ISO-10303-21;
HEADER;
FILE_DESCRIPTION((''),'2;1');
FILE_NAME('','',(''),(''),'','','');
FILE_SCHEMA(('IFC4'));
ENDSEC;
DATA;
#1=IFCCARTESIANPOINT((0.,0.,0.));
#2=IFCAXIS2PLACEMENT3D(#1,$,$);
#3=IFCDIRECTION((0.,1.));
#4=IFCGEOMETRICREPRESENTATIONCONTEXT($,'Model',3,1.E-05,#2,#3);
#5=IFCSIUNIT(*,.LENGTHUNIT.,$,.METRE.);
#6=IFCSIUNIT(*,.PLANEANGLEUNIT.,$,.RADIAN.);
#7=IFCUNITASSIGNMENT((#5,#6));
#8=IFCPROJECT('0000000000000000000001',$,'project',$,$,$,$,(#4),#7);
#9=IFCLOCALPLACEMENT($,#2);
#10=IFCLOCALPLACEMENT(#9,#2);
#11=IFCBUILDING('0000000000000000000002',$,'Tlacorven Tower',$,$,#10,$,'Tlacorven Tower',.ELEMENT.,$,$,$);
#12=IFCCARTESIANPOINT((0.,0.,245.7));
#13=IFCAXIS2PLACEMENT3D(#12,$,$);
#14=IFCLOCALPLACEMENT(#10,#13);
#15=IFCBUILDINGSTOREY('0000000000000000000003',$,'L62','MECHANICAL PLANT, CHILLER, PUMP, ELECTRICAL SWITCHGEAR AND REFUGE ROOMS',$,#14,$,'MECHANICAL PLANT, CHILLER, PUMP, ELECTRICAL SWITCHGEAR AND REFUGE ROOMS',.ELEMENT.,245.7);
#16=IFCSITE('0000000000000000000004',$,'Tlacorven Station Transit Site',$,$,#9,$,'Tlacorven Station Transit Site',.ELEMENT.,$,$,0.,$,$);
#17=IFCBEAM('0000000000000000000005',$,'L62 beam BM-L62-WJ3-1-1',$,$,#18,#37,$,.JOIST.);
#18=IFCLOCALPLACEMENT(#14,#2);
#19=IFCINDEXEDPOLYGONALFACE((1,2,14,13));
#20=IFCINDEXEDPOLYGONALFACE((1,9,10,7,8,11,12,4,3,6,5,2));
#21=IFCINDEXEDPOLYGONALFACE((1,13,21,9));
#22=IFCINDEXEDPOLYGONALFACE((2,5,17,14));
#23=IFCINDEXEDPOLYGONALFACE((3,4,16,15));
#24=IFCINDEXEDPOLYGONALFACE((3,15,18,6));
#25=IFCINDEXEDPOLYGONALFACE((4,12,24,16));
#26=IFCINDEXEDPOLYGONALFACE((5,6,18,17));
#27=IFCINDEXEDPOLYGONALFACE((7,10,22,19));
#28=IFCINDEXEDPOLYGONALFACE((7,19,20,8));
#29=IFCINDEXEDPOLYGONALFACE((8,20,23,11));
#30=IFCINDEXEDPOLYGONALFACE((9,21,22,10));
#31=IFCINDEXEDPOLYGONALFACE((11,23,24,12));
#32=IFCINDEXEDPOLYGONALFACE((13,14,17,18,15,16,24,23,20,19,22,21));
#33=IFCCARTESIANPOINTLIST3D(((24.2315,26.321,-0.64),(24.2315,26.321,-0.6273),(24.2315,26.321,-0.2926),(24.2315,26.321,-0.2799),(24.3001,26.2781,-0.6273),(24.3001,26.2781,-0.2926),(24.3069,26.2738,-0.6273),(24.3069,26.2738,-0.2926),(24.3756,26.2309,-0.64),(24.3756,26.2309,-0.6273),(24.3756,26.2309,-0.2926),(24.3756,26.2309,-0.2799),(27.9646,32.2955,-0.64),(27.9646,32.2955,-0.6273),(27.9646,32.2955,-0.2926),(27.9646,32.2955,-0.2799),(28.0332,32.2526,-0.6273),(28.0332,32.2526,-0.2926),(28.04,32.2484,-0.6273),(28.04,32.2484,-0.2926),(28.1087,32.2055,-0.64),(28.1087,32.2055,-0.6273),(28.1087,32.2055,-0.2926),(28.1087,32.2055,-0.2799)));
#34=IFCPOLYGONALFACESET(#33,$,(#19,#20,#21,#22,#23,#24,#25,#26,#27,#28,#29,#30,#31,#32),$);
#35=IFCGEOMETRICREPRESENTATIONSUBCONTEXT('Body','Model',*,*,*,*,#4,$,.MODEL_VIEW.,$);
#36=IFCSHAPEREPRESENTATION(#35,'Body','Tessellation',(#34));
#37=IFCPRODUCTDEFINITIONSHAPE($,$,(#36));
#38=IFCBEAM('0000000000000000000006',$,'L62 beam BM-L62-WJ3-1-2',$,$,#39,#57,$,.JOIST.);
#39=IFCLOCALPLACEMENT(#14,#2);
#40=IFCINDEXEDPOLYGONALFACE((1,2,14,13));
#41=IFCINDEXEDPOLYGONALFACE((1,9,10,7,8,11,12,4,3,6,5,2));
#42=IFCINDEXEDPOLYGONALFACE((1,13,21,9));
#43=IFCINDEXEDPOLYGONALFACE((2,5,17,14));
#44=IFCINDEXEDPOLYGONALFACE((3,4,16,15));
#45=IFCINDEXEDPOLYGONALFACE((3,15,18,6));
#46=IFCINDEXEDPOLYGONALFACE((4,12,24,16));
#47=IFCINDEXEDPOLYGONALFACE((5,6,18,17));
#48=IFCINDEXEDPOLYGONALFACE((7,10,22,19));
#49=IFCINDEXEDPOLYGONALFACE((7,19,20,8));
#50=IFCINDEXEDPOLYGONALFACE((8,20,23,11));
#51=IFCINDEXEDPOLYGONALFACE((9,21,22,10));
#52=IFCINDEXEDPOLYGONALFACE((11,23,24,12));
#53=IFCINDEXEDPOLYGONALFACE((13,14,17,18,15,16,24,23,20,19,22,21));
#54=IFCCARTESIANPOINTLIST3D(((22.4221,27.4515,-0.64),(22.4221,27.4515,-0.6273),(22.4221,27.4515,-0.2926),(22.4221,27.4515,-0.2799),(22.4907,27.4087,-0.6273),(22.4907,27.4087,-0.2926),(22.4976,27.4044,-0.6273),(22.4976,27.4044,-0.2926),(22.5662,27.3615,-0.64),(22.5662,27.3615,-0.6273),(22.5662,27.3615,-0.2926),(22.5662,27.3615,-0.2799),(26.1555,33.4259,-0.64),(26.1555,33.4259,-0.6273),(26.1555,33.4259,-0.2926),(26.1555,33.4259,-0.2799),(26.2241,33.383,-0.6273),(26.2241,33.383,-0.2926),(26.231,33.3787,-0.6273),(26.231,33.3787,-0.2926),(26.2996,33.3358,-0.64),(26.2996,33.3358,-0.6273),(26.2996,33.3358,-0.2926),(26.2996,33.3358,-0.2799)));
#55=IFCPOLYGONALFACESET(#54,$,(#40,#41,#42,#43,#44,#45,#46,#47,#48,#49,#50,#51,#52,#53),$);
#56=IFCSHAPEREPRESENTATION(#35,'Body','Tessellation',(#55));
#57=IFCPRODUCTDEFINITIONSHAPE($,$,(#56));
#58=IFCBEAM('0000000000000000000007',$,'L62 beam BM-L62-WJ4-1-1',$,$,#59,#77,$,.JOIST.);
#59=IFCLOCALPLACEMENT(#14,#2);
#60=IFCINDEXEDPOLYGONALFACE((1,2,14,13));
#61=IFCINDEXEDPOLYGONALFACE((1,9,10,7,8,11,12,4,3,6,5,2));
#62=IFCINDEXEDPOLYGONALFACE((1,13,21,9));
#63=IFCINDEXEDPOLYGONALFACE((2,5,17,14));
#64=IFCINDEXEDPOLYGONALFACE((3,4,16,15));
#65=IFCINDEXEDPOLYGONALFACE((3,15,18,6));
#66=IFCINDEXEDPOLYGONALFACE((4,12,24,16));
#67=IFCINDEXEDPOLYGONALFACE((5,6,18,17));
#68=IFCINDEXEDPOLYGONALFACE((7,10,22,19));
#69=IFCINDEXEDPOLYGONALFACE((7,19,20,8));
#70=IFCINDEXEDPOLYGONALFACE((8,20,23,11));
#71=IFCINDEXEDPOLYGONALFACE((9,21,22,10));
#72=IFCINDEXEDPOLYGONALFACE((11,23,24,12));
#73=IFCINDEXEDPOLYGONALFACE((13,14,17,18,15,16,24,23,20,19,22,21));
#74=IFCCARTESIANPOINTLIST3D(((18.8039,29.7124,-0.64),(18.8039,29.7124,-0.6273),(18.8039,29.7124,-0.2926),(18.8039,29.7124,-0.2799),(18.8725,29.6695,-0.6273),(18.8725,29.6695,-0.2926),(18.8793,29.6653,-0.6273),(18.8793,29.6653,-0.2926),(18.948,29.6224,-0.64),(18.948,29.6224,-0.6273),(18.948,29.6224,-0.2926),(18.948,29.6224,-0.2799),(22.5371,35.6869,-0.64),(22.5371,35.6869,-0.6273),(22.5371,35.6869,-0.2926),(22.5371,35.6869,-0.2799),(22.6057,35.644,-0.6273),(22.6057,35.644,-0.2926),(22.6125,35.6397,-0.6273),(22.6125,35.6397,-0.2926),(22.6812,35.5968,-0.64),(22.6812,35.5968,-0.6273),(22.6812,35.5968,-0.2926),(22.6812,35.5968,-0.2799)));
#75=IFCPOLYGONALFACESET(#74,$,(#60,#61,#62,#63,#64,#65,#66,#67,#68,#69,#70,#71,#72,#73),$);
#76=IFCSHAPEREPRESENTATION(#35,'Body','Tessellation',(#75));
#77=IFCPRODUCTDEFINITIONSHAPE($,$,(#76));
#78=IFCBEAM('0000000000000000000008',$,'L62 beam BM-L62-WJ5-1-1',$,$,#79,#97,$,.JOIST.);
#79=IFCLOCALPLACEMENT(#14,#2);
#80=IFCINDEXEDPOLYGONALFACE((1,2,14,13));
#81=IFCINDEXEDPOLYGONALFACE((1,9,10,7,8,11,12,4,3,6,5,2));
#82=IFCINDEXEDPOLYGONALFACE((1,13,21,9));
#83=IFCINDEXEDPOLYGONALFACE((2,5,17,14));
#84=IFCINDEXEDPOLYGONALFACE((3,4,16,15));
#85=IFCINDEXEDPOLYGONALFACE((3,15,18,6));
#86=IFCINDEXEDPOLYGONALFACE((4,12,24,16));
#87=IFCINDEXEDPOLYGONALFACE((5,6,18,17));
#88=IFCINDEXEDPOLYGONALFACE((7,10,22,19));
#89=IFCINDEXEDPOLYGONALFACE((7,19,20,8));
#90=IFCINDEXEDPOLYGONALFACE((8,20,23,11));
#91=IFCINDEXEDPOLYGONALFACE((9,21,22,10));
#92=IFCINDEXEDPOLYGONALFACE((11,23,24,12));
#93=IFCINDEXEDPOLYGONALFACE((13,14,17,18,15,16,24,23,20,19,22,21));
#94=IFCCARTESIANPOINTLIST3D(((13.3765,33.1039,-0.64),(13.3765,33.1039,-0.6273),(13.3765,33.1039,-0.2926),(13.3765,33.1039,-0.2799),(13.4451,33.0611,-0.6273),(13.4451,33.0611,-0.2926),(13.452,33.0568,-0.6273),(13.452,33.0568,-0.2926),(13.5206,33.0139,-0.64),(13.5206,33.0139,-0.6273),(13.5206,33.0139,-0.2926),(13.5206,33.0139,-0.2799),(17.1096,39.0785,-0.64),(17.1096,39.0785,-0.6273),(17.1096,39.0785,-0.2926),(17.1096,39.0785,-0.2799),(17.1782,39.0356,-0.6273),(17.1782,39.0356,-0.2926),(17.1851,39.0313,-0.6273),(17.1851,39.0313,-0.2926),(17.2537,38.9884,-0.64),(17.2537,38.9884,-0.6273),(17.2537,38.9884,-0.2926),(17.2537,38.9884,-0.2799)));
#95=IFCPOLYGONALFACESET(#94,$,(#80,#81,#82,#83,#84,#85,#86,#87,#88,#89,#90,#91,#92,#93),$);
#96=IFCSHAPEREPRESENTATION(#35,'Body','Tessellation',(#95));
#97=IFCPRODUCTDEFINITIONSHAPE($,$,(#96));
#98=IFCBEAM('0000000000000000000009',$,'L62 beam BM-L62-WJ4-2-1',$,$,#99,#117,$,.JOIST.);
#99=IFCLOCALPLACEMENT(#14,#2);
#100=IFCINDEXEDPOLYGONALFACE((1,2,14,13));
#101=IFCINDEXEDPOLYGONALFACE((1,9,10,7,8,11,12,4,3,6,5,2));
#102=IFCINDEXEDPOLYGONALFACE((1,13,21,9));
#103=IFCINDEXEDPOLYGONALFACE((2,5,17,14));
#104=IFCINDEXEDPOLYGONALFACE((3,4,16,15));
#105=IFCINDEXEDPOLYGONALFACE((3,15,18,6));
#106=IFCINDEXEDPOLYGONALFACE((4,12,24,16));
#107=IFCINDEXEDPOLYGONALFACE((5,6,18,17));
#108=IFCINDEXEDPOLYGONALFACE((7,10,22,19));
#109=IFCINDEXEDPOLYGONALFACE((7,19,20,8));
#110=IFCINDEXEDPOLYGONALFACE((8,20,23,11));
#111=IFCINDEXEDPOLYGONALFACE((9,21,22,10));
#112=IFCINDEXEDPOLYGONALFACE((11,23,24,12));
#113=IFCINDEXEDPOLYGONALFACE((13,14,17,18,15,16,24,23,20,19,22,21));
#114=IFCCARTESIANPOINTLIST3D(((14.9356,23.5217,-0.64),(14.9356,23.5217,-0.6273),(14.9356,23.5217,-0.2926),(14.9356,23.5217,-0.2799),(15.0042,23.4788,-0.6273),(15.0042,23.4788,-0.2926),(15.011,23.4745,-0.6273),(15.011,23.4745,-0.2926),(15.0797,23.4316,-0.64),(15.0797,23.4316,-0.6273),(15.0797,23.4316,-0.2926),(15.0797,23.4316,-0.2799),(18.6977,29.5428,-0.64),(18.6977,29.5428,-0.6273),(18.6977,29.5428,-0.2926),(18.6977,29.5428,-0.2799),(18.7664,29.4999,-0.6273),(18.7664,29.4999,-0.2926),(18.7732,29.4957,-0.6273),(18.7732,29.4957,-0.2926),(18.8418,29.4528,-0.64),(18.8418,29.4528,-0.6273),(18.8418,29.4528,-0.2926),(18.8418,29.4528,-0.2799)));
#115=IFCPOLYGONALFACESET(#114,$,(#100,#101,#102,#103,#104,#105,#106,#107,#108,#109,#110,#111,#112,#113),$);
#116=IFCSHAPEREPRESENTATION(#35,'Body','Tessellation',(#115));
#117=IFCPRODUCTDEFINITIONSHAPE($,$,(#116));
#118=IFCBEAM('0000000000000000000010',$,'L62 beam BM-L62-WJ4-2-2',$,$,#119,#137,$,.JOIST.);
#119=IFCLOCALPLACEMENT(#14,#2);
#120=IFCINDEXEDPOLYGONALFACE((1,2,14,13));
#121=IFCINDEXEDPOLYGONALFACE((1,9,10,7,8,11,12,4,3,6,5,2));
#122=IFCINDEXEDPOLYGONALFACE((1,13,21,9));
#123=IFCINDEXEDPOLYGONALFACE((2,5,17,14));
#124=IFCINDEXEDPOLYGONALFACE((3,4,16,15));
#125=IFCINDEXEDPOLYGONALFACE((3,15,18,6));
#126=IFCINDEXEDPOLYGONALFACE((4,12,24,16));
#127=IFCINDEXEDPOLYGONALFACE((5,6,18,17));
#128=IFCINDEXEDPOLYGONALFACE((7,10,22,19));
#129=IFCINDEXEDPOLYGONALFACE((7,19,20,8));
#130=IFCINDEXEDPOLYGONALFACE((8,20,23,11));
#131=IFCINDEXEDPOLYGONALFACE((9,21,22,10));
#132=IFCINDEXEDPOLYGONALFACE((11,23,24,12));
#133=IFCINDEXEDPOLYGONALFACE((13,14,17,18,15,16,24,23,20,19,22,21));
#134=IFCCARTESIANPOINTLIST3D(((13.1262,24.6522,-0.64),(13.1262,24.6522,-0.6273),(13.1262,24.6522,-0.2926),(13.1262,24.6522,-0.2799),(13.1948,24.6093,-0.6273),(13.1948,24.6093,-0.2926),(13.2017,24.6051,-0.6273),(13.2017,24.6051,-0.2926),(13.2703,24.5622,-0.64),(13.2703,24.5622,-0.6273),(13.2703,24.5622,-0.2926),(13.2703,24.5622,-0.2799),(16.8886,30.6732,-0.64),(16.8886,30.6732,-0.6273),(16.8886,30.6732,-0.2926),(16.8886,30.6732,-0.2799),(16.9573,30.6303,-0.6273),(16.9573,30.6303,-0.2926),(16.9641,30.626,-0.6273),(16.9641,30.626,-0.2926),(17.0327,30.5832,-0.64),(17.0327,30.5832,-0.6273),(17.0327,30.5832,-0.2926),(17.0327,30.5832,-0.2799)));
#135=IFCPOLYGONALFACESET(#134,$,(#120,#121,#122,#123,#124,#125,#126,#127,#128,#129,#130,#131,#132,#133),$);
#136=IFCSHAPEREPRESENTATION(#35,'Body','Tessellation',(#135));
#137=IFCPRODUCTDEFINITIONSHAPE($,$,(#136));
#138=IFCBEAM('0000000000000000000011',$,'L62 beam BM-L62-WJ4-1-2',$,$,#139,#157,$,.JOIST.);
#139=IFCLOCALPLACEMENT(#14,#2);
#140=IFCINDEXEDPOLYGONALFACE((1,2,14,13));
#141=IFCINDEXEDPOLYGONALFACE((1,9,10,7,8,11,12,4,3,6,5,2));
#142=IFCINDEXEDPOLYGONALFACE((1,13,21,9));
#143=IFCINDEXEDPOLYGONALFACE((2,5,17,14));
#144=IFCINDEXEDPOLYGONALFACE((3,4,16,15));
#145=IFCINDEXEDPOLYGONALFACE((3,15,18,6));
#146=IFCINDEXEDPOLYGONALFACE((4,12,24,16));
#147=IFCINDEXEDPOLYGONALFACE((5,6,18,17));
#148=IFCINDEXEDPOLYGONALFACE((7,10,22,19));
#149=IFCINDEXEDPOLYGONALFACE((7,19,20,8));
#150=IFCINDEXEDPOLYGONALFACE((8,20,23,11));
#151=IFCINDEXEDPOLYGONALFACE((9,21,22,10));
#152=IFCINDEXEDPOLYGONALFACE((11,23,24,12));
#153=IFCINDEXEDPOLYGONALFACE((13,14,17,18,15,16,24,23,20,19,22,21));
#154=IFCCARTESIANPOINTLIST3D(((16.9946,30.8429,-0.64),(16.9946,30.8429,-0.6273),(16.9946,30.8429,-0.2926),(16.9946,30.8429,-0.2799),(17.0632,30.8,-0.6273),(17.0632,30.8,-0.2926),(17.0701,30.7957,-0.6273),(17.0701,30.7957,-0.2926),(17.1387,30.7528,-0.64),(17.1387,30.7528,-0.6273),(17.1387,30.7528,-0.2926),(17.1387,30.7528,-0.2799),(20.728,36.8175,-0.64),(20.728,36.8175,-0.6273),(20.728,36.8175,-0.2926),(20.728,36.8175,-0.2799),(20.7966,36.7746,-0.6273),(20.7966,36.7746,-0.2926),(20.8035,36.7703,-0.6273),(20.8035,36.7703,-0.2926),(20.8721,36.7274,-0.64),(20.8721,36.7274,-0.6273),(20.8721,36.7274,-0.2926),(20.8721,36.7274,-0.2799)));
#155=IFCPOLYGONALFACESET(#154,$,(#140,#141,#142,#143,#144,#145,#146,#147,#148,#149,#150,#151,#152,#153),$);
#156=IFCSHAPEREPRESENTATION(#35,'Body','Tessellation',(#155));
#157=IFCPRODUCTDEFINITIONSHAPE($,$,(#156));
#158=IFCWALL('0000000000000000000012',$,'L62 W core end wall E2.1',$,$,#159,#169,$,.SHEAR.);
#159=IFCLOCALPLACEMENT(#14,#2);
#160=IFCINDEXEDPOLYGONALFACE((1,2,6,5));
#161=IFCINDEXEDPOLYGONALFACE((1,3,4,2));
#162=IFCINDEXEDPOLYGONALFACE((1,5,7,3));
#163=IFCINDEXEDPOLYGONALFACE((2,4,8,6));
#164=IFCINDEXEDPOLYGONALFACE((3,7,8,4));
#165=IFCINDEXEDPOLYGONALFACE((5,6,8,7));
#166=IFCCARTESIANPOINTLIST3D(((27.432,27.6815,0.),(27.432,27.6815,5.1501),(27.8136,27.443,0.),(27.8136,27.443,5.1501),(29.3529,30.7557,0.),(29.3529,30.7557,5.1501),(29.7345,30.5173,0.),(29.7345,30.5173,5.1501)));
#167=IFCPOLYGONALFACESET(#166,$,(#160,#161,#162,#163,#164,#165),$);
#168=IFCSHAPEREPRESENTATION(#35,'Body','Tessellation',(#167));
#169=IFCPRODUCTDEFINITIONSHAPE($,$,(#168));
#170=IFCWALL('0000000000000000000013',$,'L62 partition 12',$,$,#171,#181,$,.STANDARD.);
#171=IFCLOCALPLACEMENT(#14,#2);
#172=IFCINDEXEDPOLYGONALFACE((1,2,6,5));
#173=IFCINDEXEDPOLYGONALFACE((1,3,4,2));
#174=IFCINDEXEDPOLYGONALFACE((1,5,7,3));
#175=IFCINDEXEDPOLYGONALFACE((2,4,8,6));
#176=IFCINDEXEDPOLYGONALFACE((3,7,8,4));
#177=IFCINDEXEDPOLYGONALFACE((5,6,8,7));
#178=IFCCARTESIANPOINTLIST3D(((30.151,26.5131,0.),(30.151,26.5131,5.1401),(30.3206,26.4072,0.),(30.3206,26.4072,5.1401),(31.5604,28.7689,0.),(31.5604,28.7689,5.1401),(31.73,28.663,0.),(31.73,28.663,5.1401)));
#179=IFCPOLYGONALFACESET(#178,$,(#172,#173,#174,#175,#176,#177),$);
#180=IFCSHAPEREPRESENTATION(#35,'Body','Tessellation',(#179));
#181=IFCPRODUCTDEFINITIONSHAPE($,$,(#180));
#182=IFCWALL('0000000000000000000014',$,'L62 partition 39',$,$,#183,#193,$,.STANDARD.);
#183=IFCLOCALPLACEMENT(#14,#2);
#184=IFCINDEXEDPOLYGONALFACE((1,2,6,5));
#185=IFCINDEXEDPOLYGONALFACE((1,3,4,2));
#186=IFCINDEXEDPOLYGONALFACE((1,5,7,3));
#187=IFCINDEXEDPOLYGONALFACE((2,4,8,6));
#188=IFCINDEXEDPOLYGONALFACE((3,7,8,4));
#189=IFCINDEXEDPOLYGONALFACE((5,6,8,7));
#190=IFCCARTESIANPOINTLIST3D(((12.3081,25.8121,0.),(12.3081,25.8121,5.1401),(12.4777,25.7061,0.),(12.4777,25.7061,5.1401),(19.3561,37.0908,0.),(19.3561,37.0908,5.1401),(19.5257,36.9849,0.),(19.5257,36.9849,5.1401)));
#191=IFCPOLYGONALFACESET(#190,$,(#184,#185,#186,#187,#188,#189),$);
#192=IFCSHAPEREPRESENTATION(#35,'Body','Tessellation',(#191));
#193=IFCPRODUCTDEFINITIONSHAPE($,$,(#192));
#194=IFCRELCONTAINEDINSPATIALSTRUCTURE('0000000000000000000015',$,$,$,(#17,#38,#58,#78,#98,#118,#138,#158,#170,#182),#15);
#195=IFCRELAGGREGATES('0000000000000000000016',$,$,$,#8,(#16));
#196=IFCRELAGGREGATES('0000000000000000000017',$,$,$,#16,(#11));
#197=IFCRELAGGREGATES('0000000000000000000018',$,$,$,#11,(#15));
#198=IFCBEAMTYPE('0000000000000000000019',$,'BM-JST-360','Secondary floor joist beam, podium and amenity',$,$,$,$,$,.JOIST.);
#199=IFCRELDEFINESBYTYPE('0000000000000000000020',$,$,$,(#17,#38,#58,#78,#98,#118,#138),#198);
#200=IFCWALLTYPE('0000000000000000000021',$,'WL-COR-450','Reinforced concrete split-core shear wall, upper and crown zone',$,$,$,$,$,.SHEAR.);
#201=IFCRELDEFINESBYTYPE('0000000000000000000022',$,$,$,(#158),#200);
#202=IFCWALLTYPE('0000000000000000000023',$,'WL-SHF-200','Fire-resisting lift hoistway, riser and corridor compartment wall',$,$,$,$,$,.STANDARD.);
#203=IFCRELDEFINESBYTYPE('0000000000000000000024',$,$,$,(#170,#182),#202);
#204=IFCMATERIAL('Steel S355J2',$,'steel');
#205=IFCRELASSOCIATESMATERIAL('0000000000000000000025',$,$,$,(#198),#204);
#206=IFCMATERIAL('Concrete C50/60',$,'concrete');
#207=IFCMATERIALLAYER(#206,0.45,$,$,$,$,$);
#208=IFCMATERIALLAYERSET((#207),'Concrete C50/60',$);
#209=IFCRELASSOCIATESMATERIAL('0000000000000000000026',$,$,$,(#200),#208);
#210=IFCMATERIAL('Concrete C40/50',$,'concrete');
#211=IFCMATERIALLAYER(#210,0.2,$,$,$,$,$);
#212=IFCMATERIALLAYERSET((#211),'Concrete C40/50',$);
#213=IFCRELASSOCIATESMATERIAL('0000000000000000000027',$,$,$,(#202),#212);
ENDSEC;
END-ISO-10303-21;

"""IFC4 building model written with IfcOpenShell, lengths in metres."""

from ifc_helpers import new_model, si_unit, direction, frame, frame_2d, origin, origin_2d, place, context, subcontext, project, spatial, rectangle, i_section, extrude, source, transform, mapped, material, layer, layer_set, material_profile, profile_set, type_object, element, save


model = new_model("IFC4")

# Units and contexts
model_context = context("Model", 3, precision=1e-05, world=origin(), true_north=direction((0.0, 1.0)))
body_context = subcontext(model_context, "Body", "Model", "MODEL_VIEW")
ifc_project = project(units=[si_unit("LENGTHUNIT", "METRE"), si_unit("PLANEANGLEUNIT", "RADIAN")], contexts=[model_context])

# Site, building, storey
site_placement = place(None, origin())
site = spatial("IfcSite", under=ifc_project, at=site_placement, Name="Tlacorven Station Transit Site", LongName="Tlacorven Station Transit Site", CompositionType="ELEMENT", RefElevation=0.0)
building_placement = place(site_placement, origin())
building = spatial("IfcBuilding", under=site, at=building_placement, Name="Tlacorven Tower", LongName="Tlacorven Tower", CompositionType="ELEMENT")
storey_placement = place(building_placement, frame((0.0, 0.0, 245.7)))
storey = spatial("IfcBuildingStorey", under=building, at=storey_placement, Name="L62", Description="MECHANICAL PLANT, CHILLER, PUMP, ELECTRICAL SWITCHGEAR AND REFUGE ROOMS", LongName="MECHANICAL PLANT, CHILLER, PUMP, ELECTRICAL SWITCHGEAR AND REFUGE ROOMS", CompositionType="ELEMENT", Elevation=245.7)

# Beams
ifc_material_1 = material(Name="Steel S355J2", Category="steel")
ifc_material_profile_1 = material_profile(ifc_material_1, i_section(OverallWidth=0.1699, OverallDepth=0.3601, WebThickness=0.0081, FlangeThickness=0.0127, at=origin_2d()), Name="IPE 360")
ifc_profile_set_1 = profile_set([ifc_material_profile_1], Name="Steel S355J2")
beam_type_1 = type_object("IfcBeamType", Name="BM-JST-360", Description="Secondary floor joist beam, podium and amenity", PredefinedType="JOIST", material=ifc_profile_set_1)
shared_shape_1 = source(origin(), body_context, "Body", "SweptSolid", [
    extrude(i_section(OverallWidth=0.1699, OverallDepth=0.3601, WebThickness=0.0081, FlangeThickness=0.0127, at=origin_2d()), origin(), (0.0, 0.0, 1.0), 7.0449),
])
for number, where, z_axis, x_axis, name in (
    (1, (28.0366, 32.2505, -0.46), (-0.529899, -0.848061, 0.0), (0.848061, -0.529899, 0.0), "L62 beam BM-L62-WJ3-1-1"),
    (2, (26.2275, 33.3809, -0.46), (-0.52994, -0.848035, 0.0), (0.848035, -0.52994, 0.0), "L62 beam BM-L62-WJ3-1-2"),
    (3, (22.6091, 35.6418, -0.46), (-0.529915, -0.848051, 0.0), (0.848051, -0.529915, 0.0), "L62 beam BM-L62-WJ4-1-1"),
    (4, (17.1816, 39.0334, -0.46), (-0.529899, -0.848061, 0.0), (0.848061, -0.529899, 0.0), "L62 beam BM-L62-WJ5-1-1"),
):
    element("IfcBeam", number, at=place(storey_placement, frame(where, z_axis=z_axis, x_axis=x_axis)), inside=storey, type_object=beam_type_1, Name=name, PredefinedType="JOIST", context=body_context, shape_type="MappedRepresentation", body=[
        mapped(shared_shape_1, transform((0.0, 0.0, 0.0), scale=1.0)),
    ])
shared_shape_2 = source(origin(), body_context, "Body", "SweptSolid", [
    extrude(i_section(OverallWidth=0.1699, OverallDepth=0.3601, WebThickness=0.0081, FlangeThickness=0.0127, at=origin_2d()), origin(), (0.0, 0.0, 1.0), 7.0999),
])
for number, where, z_axis, x_axis, name in (
    (5, (18.7698, 29.4978, -0.46), (-0.529891, -0.848066, 0.0), (0.848066, -0.529891, 0.0), "L62 beam BM-L62-WJ4-2-1"),
    (6, (16.9607, 30.6282, -0.46), (-0.529931, -0.848041, 0.0), (0.848041, -0.529931, 0.0), "L62 beam BM-L62-WJ4-2-2"),
):
    element("IfcBeam", number, at=place(storey_placement, frame(where, z_axis=z_axis, x_axis=x_axis)), inside=storey, type_object=beam_type_1, Name=name, PredefinedType="JOIST", context=body_context, shape_type="MappedRepresentation", body=[
        mapped(shared_shape_2, transform((0.0, 0.0, 0.0), scale=1.0)),
    ])
shared_shape_3 = source(origin(), body_context, "Body", "SweptSolid", [
    extrude(i_section(OverallWidth=0.1699, OverallDepth=0.3601, WebThickness=0.0081, FlangeThickness=0.0127, at=origin_2d()), origin(), (0.0, 0.0, 1.0), 7.0452),
])
beam_1_placement = place(storey_placement, frame((20.8, 36.7725, -0.46), z_axis=(-0.529924, -0.848045, 0.0), x_axis=(0.848045, -0.529924, 0.0)))
element("IfcBeam", 7, at=beam_1_placement, inside=storey, type_object=beam_type_1, Name="L62 beam BM-L62-WJ4-1-2", PredefinedType="JOIST", context=body_context, shape_type="MappedRepresentation", body=[
    mapped(shared_shape_3, transform((0.0, 0.0, 0.0), scale=1.0)),
])

# Walls
ifc_material_2 = material(Name="Concrete C50/60", Category="concrete")
ifc_layer_1 = layer(ifc_material_2, 0.45)
ifc_layer_set_1 = layer_set([ifc_layer_1], Name="Concrete C50/60")
wall_type_1 = type_object("IfcWallType", Name="WL-COR-450", Description="Reinforced concrete split-core shear wall, upper and crown zone", PredefinedType="SHEAR", material=ifc_layer_set_1)
wall_1_placement = place(storey_placement, frame((29.5437, 30.6365, 0.0), z_axis=(0.0, 0.0, 1.0), x_axis=(-0.529902, -0.848059, 0.0)))
element("IfcWall", 8, at=wall_1_placement, inside=storey, type_object=wall_type_1, Name="L62 W core end wall E2.1", PredefinedType="SHEAR", context=body_context, shape_type="SweptSolid", body=[
    extrude(rectangle(XDim=3.625, YDim=0.45, at=frame_2d((1.8125, 0.0))), origin(), (0.0, 0.0, 1.0), 5.1501),
])
ifc_material_3 = material(Name="Concrete C40/50", Category="concrete")
ifc_layer_2 = layer(ifc_material_3, 0.2)
ifc_layer_set_2 = layer_set([ifc_layer_2], Name="Concrete C40/50")
wall_type_2 = type_object("IfcWallType", Name="WL-SHF-200", Description="Fire-resisting lift hoistway, riser and corridor compartment wall", PredefinedType="STANDARD", material=ifc_layer_set_2)
wall_2_placement = place(storey_placement, frame((31.6453, 28.7161, 0.0), z_axis=(0.0, 0.0, 1.0), x_axis=(-0.529867, -0.848081, 0.0)))
element("IfcWall", 9, at=wall_2_placement, inside=storey, type_object=wall_type_2, Name="L62 partition 12", PredefinedType="STANDARD", context=body_context, shape_type="SweptSolid", body=[
    extrude(rectangle(XDim=2.6599, YDim=0.2, at=frame_2d((1.3301, 0.0))), origin(), (0.0, 0.0, 1.0), 5.1401),
])
wall_3_placement = place(storey_placement, frame((19.4409, 37.0378, 0.0), z_axis=(0.0, 0.0, 1.0), x_axis=(-0.529936, -0.848037, 0.0)))
element("IfcWall", 10, at=wall_3_placement, inside=storey, type_object=wall_type_2, Name="L62 partition 39", PredefinedType="STANDARD", context=body_context, shape_type="SweptSolid", body=[
    extrude(rectangle(XDim=13.2998, YDim=0.2, at=frame_2d((6.6499, 0.0))), origin(), (0.0, 0.0, 1.0), 5.1401),
])

save(model, "model.ifc")
